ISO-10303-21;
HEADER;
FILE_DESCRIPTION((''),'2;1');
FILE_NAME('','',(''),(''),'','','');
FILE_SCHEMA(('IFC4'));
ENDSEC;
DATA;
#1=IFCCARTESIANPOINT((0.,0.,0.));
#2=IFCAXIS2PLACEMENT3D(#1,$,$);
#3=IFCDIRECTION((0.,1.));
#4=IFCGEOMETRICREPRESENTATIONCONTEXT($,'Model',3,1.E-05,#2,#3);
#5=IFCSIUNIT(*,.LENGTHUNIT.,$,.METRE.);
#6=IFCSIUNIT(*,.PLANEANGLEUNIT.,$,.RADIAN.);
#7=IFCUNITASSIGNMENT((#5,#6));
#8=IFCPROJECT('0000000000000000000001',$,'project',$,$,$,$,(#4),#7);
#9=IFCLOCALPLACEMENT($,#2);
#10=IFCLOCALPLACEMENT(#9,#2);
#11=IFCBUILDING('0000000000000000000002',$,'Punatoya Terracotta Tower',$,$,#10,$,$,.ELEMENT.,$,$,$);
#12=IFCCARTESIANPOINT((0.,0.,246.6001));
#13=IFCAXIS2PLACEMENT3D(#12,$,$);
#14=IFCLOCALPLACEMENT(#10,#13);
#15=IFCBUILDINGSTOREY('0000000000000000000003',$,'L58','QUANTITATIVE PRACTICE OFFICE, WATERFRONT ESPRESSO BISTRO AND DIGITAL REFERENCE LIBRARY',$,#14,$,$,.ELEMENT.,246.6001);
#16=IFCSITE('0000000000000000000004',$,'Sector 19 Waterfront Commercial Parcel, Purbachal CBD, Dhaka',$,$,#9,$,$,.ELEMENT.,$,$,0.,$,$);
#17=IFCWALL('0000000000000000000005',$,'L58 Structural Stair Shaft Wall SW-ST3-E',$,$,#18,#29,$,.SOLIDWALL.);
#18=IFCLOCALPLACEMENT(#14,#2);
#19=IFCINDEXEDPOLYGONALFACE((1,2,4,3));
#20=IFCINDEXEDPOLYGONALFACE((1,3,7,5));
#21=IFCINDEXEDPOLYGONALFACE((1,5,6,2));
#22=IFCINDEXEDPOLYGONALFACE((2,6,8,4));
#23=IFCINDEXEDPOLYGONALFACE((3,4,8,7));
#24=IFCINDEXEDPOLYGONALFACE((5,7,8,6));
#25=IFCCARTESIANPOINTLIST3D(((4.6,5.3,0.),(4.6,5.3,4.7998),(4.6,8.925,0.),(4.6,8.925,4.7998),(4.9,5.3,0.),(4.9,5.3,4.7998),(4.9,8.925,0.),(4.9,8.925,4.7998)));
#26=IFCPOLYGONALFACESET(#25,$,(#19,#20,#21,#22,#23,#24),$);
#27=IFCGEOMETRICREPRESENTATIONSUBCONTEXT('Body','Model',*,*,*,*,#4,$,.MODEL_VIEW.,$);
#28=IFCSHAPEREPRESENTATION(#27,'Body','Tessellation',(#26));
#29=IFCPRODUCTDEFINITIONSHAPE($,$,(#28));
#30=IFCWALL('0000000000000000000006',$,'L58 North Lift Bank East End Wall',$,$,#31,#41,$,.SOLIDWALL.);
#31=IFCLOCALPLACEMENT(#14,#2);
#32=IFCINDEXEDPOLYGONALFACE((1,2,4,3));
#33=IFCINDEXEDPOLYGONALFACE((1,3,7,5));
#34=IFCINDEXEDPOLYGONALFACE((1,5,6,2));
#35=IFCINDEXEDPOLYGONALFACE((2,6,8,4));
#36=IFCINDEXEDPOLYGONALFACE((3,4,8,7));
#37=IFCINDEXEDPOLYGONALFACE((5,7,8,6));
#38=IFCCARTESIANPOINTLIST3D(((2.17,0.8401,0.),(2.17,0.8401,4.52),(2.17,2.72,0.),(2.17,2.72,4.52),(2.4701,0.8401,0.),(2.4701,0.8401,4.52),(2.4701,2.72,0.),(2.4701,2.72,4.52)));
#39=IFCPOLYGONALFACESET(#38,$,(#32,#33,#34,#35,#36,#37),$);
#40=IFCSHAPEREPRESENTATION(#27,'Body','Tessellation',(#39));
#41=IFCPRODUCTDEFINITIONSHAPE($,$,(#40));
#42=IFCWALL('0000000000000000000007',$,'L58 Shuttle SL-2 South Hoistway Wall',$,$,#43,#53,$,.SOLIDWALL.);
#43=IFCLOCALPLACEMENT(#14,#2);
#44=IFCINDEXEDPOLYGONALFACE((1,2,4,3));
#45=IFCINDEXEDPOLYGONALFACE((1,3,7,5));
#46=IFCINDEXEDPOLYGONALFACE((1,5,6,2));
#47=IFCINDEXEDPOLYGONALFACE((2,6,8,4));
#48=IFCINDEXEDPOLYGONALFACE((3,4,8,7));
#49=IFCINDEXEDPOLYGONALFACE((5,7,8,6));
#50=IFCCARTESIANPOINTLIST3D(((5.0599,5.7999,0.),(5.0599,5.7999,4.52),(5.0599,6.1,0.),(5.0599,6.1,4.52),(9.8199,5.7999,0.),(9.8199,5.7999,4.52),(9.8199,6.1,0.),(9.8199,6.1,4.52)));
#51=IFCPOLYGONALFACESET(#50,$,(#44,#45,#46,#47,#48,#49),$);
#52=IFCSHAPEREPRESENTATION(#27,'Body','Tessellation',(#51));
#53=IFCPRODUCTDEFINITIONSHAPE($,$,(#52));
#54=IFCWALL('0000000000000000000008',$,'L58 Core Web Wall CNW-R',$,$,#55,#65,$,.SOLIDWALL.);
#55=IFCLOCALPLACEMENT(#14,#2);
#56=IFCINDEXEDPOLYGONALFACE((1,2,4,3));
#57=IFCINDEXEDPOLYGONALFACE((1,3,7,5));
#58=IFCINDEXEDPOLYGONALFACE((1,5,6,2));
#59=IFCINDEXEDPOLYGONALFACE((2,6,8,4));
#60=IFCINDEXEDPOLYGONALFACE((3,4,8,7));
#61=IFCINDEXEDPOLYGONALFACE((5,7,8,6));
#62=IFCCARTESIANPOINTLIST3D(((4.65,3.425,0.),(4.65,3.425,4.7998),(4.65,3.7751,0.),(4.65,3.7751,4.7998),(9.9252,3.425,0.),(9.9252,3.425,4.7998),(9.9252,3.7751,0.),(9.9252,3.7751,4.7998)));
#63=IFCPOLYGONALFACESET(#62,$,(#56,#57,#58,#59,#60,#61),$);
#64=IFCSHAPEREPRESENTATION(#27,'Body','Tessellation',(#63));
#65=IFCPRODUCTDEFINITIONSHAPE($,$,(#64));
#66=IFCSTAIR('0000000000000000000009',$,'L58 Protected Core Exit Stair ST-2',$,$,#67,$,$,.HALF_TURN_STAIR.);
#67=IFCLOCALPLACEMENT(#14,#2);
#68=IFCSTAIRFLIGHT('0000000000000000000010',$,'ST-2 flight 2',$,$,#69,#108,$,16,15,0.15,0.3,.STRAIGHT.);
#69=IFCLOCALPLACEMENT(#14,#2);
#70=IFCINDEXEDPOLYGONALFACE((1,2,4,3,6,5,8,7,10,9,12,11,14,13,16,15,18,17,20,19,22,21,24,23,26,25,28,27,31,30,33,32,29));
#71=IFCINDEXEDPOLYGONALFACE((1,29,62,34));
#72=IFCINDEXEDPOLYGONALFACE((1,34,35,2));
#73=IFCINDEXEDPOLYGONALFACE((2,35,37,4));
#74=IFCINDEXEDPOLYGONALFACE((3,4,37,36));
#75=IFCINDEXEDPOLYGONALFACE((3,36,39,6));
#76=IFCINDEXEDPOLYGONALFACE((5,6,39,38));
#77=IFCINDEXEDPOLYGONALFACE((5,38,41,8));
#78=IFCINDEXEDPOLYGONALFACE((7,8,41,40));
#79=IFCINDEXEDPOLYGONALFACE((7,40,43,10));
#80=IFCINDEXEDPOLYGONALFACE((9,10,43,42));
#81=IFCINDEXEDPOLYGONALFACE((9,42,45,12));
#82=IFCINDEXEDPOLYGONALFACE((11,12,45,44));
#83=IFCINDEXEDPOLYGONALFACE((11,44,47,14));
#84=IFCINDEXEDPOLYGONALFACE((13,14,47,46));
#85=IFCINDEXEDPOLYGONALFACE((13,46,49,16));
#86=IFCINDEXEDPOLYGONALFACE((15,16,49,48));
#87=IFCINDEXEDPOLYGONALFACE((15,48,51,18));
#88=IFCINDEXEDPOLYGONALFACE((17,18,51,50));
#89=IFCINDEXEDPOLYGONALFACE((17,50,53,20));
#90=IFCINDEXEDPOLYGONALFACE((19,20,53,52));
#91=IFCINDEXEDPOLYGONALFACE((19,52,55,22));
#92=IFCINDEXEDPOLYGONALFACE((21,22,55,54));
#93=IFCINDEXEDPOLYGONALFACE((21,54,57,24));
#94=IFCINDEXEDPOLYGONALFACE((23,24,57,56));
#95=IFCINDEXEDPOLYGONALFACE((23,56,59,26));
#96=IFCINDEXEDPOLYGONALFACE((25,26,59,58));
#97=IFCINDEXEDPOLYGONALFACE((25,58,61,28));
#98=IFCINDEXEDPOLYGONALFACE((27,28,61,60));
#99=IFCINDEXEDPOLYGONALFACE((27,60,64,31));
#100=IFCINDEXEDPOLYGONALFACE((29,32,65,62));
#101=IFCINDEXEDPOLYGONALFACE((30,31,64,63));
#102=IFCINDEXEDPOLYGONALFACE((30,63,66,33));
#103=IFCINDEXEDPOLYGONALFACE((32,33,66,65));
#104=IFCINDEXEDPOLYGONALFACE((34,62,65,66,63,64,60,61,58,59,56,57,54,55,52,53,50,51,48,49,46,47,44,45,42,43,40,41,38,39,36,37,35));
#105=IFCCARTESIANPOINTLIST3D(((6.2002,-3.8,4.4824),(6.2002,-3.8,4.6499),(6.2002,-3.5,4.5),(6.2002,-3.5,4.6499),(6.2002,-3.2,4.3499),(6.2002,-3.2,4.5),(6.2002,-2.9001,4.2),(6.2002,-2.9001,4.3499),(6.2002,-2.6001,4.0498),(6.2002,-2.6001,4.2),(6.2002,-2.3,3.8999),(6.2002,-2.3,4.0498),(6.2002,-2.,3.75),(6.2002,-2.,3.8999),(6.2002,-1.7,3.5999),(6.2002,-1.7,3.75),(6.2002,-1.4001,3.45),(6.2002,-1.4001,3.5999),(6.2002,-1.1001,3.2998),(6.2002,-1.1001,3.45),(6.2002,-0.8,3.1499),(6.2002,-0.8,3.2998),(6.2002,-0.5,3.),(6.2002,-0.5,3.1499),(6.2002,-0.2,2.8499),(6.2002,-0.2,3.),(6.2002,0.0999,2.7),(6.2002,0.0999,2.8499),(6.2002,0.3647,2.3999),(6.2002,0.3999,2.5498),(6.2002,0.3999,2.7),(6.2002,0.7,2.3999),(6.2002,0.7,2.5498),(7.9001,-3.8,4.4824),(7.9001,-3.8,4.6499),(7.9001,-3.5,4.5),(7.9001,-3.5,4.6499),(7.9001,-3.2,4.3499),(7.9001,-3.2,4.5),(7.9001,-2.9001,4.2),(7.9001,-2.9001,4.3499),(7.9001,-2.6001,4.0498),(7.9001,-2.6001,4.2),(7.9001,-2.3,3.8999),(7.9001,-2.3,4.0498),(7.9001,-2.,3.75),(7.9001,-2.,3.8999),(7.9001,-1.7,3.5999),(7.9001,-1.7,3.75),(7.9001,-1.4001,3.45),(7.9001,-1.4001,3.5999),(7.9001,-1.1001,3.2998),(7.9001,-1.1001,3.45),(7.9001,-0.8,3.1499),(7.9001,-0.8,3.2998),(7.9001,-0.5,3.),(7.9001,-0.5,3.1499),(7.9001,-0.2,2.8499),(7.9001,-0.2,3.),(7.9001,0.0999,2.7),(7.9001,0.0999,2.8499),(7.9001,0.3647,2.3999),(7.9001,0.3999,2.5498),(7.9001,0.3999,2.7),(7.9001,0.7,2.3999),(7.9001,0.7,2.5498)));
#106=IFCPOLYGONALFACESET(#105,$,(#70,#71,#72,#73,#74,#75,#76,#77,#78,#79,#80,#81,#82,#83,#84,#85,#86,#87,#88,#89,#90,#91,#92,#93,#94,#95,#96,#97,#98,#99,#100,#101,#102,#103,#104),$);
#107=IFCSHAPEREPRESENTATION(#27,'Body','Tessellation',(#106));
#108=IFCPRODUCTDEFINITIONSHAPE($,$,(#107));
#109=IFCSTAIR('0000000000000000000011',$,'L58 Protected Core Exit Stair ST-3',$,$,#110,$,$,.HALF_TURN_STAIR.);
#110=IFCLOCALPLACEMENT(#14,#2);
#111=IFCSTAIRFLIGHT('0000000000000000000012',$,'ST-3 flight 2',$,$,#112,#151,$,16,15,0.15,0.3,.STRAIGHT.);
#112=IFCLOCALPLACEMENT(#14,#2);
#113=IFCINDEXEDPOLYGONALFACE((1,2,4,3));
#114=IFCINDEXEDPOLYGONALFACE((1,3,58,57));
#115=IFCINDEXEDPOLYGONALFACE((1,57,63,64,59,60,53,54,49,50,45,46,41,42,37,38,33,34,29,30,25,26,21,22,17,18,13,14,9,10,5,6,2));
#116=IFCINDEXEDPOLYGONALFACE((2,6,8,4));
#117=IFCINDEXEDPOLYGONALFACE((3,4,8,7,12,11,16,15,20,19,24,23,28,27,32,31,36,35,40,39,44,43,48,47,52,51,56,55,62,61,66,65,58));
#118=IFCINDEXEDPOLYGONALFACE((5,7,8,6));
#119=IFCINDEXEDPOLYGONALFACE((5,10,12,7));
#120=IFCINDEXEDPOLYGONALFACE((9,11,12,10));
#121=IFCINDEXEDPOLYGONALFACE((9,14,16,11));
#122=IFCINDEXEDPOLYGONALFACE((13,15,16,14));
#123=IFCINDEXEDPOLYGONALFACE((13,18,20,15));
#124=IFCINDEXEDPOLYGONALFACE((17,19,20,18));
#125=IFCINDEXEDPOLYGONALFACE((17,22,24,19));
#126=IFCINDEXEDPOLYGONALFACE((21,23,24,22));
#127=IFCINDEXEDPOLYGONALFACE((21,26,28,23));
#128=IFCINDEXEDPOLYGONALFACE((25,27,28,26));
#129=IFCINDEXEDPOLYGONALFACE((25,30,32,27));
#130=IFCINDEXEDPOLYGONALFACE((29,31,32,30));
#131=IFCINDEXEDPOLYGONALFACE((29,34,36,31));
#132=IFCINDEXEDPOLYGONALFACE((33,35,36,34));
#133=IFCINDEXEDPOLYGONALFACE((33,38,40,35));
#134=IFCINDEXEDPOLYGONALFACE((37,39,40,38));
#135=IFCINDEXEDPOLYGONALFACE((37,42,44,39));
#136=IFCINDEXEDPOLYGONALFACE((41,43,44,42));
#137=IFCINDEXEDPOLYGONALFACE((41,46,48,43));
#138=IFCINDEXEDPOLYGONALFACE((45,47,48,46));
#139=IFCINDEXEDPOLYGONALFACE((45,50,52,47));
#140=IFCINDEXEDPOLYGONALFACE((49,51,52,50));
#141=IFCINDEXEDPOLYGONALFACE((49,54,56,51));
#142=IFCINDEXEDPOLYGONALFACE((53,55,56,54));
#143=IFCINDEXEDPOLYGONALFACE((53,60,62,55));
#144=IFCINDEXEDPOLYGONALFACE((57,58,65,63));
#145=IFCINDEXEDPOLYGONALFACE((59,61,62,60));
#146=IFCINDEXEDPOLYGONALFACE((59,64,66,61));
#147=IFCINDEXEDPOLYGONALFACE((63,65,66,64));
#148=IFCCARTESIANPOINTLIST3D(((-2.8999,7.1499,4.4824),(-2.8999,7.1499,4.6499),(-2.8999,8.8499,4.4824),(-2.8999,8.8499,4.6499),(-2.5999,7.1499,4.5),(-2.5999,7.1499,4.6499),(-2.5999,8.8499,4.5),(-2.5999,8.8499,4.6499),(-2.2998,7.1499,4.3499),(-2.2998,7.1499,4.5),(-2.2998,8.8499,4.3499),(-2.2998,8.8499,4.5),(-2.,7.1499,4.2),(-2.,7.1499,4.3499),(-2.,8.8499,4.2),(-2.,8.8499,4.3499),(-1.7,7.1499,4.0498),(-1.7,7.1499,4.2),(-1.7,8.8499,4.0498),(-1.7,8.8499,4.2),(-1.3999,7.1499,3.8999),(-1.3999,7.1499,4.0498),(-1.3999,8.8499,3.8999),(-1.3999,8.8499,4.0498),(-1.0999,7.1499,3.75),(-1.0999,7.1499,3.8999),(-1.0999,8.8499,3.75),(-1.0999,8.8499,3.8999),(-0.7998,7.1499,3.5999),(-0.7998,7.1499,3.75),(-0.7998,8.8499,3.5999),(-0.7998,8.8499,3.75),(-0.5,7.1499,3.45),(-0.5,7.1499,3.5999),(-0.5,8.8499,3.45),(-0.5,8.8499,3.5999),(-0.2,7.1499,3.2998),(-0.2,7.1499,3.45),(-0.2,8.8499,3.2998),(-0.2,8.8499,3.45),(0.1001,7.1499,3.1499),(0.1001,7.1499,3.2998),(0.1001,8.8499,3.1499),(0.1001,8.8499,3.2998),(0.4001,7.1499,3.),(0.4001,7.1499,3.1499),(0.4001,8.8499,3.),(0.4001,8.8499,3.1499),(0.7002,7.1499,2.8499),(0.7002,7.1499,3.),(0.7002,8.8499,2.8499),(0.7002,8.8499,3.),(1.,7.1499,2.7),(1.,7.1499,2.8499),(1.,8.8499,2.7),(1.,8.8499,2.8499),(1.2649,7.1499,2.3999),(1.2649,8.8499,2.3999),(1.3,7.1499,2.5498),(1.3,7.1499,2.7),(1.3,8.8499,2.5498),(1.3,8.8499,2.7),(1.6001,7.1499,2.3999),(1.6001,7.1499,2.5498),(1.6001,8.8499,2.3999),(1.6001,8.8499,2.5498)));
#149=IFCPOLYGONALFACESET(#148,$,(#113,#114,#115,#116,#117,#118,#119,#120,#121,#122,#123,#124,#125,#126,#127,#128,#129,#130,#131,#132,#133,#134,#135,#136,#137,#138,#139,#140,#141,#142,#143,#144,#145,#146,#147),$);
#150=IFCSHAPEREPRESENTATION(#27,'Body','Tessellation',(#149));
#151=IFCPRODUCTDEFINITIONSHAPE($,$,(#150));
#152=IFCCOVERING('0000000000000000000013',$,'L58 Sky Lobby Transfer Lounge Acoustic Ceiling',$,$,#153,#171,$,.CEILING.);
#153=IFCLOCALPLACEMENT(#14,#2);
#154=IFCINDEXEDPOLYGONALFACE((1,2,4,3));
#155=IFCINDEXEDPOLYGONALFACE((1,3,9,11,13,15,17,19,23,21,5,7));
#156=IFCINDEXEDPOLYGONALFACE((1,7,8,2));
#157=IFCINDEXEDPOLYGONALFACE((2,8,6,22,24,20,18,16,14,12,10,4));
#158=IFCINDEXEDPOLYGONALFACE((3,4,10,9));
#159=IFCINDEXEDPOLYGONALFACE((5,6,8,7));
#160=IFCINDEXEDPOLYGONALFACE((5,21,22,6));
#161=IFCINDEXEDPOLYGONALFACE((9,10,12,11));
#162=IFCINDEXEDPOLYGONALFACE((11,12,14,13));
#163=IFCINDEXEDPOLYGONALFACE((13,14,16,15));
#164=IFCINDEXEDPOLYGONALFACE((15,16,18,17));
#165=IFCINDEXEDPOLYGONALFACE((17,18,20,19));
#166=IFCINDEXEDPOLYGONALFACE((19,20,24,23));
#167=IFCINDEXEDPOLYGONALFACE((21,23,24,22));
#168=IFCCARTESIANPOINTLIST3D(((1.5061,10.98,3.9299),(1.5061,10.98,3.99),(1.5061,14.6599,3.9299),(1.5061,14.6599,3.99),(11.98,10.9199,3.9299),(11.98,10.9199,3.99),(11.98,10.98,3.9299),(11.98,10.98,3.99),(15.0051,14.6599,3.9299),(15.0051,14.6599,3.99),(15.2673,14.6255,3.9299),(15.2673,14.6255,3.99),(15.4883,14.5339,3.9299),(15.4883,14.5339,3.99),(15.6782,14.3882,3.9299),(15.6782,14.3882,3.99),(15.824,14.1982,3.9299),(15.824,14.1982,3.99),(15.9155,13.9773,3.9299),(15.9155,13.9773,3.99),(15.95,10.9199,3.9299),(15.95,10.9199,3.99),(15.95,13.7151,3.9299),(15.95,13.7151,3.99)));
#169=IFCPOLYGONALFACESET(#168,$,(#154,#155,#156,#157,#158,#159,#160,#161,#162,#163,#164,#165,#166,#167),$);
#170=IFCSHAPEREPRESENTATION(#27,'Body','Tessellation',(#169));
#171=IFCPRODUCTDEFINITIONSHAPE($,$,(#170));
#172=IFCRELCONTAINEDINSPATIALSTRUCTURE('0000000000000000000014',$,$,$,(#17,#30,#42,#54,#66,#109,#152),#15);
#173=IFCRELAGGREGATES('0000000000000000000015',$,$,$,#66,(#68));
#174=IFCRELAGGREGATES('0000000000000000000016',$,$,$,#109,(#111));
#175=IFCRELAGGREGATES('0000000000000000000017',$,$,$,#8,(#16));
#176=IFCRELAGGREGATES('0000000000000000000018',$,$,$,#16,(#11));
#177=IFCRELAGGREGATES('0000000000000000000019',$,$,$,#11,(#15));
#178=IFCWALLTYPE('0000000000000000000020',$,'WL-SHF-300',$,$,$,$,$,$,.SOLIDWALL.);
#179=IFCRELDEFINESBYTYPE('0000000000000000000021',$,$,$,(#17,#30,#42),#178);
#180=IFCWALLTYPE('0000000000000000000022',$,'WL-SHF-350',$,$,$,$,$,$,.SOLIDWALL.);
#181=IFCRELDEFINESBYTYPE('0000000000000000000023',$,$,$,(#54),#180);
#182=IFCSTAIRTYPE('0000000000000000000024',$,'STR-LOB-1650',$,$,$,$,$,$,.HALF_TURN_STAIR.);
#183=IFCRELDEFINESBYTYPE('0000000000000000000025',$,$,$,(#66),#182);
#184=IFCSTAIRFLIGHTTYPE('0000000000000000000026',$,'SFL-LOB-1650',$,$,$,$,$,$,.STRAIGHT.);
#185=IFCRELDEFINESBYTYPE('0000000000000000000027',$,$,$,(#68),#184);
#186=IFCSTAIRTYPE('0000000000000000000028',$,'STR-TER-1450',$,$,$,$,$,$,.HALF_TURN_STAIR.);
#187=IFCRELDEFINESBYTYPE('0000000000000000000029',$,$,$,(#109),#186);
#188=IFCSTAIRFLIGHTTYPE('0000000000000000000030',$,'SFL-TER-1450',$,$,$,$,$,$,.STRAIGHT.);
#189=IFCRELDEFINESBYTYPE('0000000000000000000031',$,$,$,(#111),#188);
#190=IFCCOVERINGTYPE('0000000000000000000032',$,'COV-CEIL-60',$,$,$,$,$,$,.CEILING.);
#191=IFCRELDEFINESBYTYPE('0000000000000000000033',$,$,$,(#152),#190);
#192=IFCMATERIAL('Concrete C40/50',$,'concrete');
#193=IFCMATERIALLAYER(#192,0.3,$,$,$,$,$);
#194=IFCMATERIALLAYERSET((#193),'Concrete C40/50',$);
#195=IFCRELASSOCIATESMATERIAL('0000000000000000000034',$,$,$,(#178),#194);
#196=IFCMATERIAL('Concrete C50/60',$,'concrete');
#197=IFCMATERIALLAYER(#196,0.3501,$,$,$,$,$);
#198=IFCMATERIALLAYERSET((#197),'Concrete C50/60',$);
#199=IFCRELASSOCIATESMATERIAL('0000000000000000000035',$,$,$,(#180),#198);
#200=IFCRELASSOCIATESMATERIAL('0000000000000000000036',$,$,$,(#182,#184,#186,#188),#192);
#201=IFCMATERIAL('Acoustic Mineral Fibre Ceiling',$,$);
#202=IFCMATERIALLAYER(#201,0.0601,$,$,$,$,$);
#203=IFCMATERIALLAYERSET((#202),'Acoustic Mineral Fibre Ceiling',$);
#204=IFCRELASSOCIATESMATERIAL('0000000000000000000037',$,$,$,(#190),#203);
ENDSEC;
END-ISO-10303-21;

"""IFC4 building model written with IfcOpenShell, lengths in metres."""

from ifc_helpers import new_model, si_unit, direction, frame, frame_2d, origin, place, context, subcontext, project, spatial, polyline, rectangle, outline, extrude, material, layer, layer_set, type_object, element, aggregate, save


model = new_model("IFC4")

# Units and contexts
model_context = context("Model", 3, precision=1e-05, world=origin(), true_north=direction((0.0, 1.0)))
body_context = subcontext(model_context, "Body", "Model", "MODEL_VIEW")
ifc_project = project(units=[si_unit("LENGTHUNIT", "METRE"), si_unit("PLANEANGLEUNIT", "RADIAN")], contexts=[model_context])

# Site, building, storey
site_placement = place(None, origin())
site = spatial("IfcSite", under=ifc_project, at=site_placement, Name="Sector 19 Waterfront Commercial Parcel, Purbachal CBD, Dhaka", CompositionType="ELEMENT", RefElevation=0.0)
building_placement = place(site_placement, origin())
building = spatial("IfcBuilding", under=site, at=building_placement, Name="Punatoya Terracotta Tower", CompositionType="ELEMENT")
storey_placement = place(building_placement, frame((0.0, 0.0, 246.6001)))
storey = spatial("IfcBuildingStorey", under=building, at=storey_placement, Name="L58", Description="QUANTITATIVE PRACTICE OFFICE, WATERFRONT ESPRESSO BISTRO AND DIGITAL REFERENCE LIBRARY", CompositionType="ELEMENT", Elevation=246.6001)

# Shared definitions
ifc_material_1 = material(Name="Concrete C40/50", Category="concrete")

# Walls
ifc_layer_1 = layer(ifc_material_1, 0.3)
ifc_layer_set_1 = layer_set([ifc_layer_1], Name="Concrete C40/50")
wall_type_1 = type_object("IfcWallType", Name="WL-SHF-300", PredefinedType="SOLIDWALL", material=ifc_layer_set_1)
wall_1_placement = place(storey_placement, frame((4.75, 8.925, 0.0), z_axis=(0.0, 0.0, 1.0), x_axis=(0.0, -1.0, 0.0)))
element("IfcWall", 1, at=wall_1_placement, inside=storey, type_object=wall_type_1, Name="L58 Structural Stair Shaft Wall SW-ST3-E", PredefinedType="SOLIDWALL", context=body_context, shape_type="SweptSolid", body=[
    extrude(rectangle(XDim=3.625, YDim=0.3, at=frame_2d((1.8125, 0.0))), origin(), (0.0, 0.0, 1.0), 4.7998),
])
wall_2_placement = place(storey_placement, frame((2.3201, 0.8401, 0.0), z_axis=(0.0, 0.0, 1.0), x_axis=(0.0, 1.0, 0.0)))
element("IfcWall", 2, at=wall_2_placement, inside=storey, type_object=wall_type_1, Name="L58 North Lift Bank East End Wall", PredefinedType="SOLIDWALL", context=body_context, shape_type="SweptSolid", body=[
    extrude(rectangle(XDim=1.8799, YDim=0.3, at=frame_2d((0.9399, 0.0))), origin(), (0.0, 0.0, 1.0), 4.52),
])
wall_3_placement = place(storey_placement, frame((5.0601, 5.95, 0.0), z_axis=(0.0, 0.0, 1.0), x_axis=(1.0, 0.0, 0.0)))
element("IfcWall", 3, at=wall_3_placement, inside=storey, type_object=wall_type_1, Name="L58 Shuttle SL-2 South Hoistway Wall", PredefinedType="SOLIDWALL", context=body_context, shape_type="SweptSolid", body=[
    extrude(rectangle(XDim=4.76, YDim=0.3, at=frame_2d((2.3799, 0.0))), origin(), (0.0, 0.0, 1.0), 4.52),
])
ifc_material_2 = material(Name="Concrete C50/60", Category="concrete")
ifc_layer_2 = layer(ifc_material_2, 0.3501)
ifc_layer_set_2 = layer_set([ifc_layer_2], Name="Concrete C50/60")
wall_type_2 = type_object("IfcWallType", Name="WL-SHF-350", PredefinedType="SOLIDWALL", material=ifc_layer_set_2)
wall_4_placement = place(storey_placement, frame((4.6499, 3.6001, 0.0), z_axis=(0.0, 0.0, 1.0), x_axis=(1.0, 0.0, 0.0)))
element("IfcWall", 4, at=wall_4_placement, inside=storey, type_object=wall_type_2, Name="L58 Core Web Wall CNW-R", PredefinedType="SOLIDWALL", context=body_context, shape_type="SweptSolid", body=[
    extrude(rectangle(XDim=5.2751, YDim=0.3501, at=frame_2d((2.6377, 0.0))), origin(), (0.0, 0.0, 1.0), 4.7998),
])

# Stairs, stair flights
stair_type_1 = type_object("IfcStairType", Name="STR-LOB-1650", PredefinedType="HALF_TURN_STAIR", material=ifc_material_1)
stair_1_placement = place(storey_placement, origin())
stair_1 = element("IfcStair", 5, at=stair_1_placement, inside=storey, type_object=stair_type_1, Name="L58 Protected Core Exit Stair ST-2", PredefinedType="HALF_TURN_STAIR")
stair_flight_type_1 = type_object("IfcStairFlightType", Name="SFL-LOB-1650", PredefinedType="STRAIGHT", material=ifc_material_1)
stair_flight_1_placement = place(storey_placement, frame((7.05, 0.7, 2.3999), z_axis=(0.0, 0.0, 1.0), x_axis=(0.0, -1.0, 0.0)))
stair_flight_1 = element("IfcStairFlight", 6, at=stair_flight_1_placement, type_object=stair_flight_type_1, Name="ST-2 flight 2", NumberOfRisers=16, NumberOfTreads=15, PredefinedType="STRAIGHT", RiserHeight=0.15, TreadLength=0.3, context=body_context, shape_type="SweptSolid", body=[
    extrude(outline(polyline([(0.0, 0.0), (0.0, 0.1499), (0.3, 0.1499), (0.3, 0.3), (0.6001, 0.3), (0.6001, 0.45), (0.8999, 0.45), (0.8999, 0.6001), (1.2, 0.6001), (1.2, 0.75), (1.5, 0.75), (1.5, 0.8999), (1.8, 0.8999), (1.8, 1.05), (2.1001, 1.05), (2.1001, 1.2), (2.3999, 1.2), (2.3999, 1.3501), (2.7, 1.3501), (2.7, 1.5), (3.0, 1.5), (3.0, 1.6499), (3.3, 1.6499), (3.3, 1.8), (3.6001, 1.8), (3.6001, 1.95), (3.8999, 1.95), (3.8999, 2.1001), (4.2, 2.1001), (4.2, 2.25), (4.5, 2.25), (4.5, 2.3999), (4.5, 2.0825), (0.3352, 0.0), (0.0, 0.0)])), frame((0.0, 0.8501, 0.0), z_axis=(0.0, -1.0, 0.0), x_axis=(1.0, 0.0, 0.0)), (0.0, 0.0, 1.0), 1.7),
])
aggregate(stair_1, [stair_flight_1])
stair_type_2 = type_object("IfcStairType", Name="STR-TER-1450", PredefinedType="HALF_TURN_STAIR", material=ifc_material_1)
stair_2_placement = place(storey_placement, origin())
stair_2 = element("IfcStair", 7, at=stair_2_placement, inside=storey, type_object=stair_type_2, Name="L58 Protected Core Exit Stair ST-3", PredefinedType="HALF_TURN_STAIR")
stair_flight_type_2 = type_object("IfcStairFlightType", Name="SFL-TER-1450", PredefinedType="STRAIGHT", material=ifc_material_1)
stair_flight_2_placement = place(storey_placement, frame((1.6001, 8.0, 2.3999), z_axis=(0.0, 0.0, 1.0), x_axis=(-1.0, 0.0, 0.0)))
stair_flight_2 = element("IfcStairFlight", 8, at=stair_flight_2_placement, type_object=stair_flight_type_2, Name="ST-3 flight 2", NumberOfRisers=16, NumberOfTreads=15, PredefinedType="STRAIGHT", RiserHeight=0.15, TreadLength=0.3, context=body_context, shape_type="SweptSolid", body=[
    extrude(outline(polyline([(0.0, 0.0), (0.0, 0.1499), (0.3, 0.1499), (0.3, 0.3), (0.6001, 0.3), (0.6001, 0.45), (0.8999, 0.45), (0.8999, 0.6001), (1.2, 0.6001), (1.2, 0.75), (1.5, 0.75), (1.5, 0.8999), (1.8, 0.8999), (1.8, 1.05), (2.1001, 1.05), (2.1001, 1.2), (2.3999, 1.2), (2.3999, 1.3501), (2.7, 1.3501), (2.7, 1.5), (3.0, 1.5), (3.0, 1.6499), (3.3, 1.6499), (3.3, 1.8), (3.6001, 1.8), (3.6001, 1.95), (3.8999, 1.95), (3.8999, 2.1001), (4.2, 2.1001), (4.2, 2.25), (4.5, 2.25), (4.5, 2.3999), (4.5, 2.0825), (0.3352, 0.0), (0.0, 0.0)])), frame((0.0, 0.8501, 0.0), z_axis=(0.0, -1.0, 0.0), x_axis=(1.0, 0.0, 0.0)), (0.0, 0.0, 1.0), 1.7),
])
aggregate(stair_2, [stair_flight_2])

# Covering
ifc_material_3 = material(Name="Acoustic Mineral Fibre Ceiling")
ifc_layer_3 = layer(ifc_material_3, 0.0601)
ifc_layer_set_3 = layer_set([ifc_layer_3], Name="Acoustic Mineral Fibre Ceiling")
covering_type_1 = type_object("IfcCoveringType", Name="COV-CEIL-60", PredefinedType="CEILING", material=ifc_layer_set_3)
covering_1_placement = place(storey_placement, frame((0.0, 0.0, 3.9299)))
element("IfcCovering", 9, at=covering_1_placement, inside=storey, type_object=covering_type_1, Name="L58 Sky Lobby Transfer Lounge Acoustic Ceiling", PredefinedType="CEILING", context=body_context, shape_type="SweptSolid", body=[
    extrude(outline(polyline([(11.98, 10.9199), (15.95, 10.9199), (15.95, 13.7151), (15.9155, 13.9773), (15.824, 14.1982), (15.6782, 14.3882), (15.4883, 14.5339), (15.2673, 14.6255), (15.0051, 14.6599), (1.5061, 14.6599), (1.5061, 10.98), (11.98, 10.98), (11.98, 10.9199)])), origin(), (0.0, 0.0, 1.0), 0.0601),
])

save(model, "model.ifc")
